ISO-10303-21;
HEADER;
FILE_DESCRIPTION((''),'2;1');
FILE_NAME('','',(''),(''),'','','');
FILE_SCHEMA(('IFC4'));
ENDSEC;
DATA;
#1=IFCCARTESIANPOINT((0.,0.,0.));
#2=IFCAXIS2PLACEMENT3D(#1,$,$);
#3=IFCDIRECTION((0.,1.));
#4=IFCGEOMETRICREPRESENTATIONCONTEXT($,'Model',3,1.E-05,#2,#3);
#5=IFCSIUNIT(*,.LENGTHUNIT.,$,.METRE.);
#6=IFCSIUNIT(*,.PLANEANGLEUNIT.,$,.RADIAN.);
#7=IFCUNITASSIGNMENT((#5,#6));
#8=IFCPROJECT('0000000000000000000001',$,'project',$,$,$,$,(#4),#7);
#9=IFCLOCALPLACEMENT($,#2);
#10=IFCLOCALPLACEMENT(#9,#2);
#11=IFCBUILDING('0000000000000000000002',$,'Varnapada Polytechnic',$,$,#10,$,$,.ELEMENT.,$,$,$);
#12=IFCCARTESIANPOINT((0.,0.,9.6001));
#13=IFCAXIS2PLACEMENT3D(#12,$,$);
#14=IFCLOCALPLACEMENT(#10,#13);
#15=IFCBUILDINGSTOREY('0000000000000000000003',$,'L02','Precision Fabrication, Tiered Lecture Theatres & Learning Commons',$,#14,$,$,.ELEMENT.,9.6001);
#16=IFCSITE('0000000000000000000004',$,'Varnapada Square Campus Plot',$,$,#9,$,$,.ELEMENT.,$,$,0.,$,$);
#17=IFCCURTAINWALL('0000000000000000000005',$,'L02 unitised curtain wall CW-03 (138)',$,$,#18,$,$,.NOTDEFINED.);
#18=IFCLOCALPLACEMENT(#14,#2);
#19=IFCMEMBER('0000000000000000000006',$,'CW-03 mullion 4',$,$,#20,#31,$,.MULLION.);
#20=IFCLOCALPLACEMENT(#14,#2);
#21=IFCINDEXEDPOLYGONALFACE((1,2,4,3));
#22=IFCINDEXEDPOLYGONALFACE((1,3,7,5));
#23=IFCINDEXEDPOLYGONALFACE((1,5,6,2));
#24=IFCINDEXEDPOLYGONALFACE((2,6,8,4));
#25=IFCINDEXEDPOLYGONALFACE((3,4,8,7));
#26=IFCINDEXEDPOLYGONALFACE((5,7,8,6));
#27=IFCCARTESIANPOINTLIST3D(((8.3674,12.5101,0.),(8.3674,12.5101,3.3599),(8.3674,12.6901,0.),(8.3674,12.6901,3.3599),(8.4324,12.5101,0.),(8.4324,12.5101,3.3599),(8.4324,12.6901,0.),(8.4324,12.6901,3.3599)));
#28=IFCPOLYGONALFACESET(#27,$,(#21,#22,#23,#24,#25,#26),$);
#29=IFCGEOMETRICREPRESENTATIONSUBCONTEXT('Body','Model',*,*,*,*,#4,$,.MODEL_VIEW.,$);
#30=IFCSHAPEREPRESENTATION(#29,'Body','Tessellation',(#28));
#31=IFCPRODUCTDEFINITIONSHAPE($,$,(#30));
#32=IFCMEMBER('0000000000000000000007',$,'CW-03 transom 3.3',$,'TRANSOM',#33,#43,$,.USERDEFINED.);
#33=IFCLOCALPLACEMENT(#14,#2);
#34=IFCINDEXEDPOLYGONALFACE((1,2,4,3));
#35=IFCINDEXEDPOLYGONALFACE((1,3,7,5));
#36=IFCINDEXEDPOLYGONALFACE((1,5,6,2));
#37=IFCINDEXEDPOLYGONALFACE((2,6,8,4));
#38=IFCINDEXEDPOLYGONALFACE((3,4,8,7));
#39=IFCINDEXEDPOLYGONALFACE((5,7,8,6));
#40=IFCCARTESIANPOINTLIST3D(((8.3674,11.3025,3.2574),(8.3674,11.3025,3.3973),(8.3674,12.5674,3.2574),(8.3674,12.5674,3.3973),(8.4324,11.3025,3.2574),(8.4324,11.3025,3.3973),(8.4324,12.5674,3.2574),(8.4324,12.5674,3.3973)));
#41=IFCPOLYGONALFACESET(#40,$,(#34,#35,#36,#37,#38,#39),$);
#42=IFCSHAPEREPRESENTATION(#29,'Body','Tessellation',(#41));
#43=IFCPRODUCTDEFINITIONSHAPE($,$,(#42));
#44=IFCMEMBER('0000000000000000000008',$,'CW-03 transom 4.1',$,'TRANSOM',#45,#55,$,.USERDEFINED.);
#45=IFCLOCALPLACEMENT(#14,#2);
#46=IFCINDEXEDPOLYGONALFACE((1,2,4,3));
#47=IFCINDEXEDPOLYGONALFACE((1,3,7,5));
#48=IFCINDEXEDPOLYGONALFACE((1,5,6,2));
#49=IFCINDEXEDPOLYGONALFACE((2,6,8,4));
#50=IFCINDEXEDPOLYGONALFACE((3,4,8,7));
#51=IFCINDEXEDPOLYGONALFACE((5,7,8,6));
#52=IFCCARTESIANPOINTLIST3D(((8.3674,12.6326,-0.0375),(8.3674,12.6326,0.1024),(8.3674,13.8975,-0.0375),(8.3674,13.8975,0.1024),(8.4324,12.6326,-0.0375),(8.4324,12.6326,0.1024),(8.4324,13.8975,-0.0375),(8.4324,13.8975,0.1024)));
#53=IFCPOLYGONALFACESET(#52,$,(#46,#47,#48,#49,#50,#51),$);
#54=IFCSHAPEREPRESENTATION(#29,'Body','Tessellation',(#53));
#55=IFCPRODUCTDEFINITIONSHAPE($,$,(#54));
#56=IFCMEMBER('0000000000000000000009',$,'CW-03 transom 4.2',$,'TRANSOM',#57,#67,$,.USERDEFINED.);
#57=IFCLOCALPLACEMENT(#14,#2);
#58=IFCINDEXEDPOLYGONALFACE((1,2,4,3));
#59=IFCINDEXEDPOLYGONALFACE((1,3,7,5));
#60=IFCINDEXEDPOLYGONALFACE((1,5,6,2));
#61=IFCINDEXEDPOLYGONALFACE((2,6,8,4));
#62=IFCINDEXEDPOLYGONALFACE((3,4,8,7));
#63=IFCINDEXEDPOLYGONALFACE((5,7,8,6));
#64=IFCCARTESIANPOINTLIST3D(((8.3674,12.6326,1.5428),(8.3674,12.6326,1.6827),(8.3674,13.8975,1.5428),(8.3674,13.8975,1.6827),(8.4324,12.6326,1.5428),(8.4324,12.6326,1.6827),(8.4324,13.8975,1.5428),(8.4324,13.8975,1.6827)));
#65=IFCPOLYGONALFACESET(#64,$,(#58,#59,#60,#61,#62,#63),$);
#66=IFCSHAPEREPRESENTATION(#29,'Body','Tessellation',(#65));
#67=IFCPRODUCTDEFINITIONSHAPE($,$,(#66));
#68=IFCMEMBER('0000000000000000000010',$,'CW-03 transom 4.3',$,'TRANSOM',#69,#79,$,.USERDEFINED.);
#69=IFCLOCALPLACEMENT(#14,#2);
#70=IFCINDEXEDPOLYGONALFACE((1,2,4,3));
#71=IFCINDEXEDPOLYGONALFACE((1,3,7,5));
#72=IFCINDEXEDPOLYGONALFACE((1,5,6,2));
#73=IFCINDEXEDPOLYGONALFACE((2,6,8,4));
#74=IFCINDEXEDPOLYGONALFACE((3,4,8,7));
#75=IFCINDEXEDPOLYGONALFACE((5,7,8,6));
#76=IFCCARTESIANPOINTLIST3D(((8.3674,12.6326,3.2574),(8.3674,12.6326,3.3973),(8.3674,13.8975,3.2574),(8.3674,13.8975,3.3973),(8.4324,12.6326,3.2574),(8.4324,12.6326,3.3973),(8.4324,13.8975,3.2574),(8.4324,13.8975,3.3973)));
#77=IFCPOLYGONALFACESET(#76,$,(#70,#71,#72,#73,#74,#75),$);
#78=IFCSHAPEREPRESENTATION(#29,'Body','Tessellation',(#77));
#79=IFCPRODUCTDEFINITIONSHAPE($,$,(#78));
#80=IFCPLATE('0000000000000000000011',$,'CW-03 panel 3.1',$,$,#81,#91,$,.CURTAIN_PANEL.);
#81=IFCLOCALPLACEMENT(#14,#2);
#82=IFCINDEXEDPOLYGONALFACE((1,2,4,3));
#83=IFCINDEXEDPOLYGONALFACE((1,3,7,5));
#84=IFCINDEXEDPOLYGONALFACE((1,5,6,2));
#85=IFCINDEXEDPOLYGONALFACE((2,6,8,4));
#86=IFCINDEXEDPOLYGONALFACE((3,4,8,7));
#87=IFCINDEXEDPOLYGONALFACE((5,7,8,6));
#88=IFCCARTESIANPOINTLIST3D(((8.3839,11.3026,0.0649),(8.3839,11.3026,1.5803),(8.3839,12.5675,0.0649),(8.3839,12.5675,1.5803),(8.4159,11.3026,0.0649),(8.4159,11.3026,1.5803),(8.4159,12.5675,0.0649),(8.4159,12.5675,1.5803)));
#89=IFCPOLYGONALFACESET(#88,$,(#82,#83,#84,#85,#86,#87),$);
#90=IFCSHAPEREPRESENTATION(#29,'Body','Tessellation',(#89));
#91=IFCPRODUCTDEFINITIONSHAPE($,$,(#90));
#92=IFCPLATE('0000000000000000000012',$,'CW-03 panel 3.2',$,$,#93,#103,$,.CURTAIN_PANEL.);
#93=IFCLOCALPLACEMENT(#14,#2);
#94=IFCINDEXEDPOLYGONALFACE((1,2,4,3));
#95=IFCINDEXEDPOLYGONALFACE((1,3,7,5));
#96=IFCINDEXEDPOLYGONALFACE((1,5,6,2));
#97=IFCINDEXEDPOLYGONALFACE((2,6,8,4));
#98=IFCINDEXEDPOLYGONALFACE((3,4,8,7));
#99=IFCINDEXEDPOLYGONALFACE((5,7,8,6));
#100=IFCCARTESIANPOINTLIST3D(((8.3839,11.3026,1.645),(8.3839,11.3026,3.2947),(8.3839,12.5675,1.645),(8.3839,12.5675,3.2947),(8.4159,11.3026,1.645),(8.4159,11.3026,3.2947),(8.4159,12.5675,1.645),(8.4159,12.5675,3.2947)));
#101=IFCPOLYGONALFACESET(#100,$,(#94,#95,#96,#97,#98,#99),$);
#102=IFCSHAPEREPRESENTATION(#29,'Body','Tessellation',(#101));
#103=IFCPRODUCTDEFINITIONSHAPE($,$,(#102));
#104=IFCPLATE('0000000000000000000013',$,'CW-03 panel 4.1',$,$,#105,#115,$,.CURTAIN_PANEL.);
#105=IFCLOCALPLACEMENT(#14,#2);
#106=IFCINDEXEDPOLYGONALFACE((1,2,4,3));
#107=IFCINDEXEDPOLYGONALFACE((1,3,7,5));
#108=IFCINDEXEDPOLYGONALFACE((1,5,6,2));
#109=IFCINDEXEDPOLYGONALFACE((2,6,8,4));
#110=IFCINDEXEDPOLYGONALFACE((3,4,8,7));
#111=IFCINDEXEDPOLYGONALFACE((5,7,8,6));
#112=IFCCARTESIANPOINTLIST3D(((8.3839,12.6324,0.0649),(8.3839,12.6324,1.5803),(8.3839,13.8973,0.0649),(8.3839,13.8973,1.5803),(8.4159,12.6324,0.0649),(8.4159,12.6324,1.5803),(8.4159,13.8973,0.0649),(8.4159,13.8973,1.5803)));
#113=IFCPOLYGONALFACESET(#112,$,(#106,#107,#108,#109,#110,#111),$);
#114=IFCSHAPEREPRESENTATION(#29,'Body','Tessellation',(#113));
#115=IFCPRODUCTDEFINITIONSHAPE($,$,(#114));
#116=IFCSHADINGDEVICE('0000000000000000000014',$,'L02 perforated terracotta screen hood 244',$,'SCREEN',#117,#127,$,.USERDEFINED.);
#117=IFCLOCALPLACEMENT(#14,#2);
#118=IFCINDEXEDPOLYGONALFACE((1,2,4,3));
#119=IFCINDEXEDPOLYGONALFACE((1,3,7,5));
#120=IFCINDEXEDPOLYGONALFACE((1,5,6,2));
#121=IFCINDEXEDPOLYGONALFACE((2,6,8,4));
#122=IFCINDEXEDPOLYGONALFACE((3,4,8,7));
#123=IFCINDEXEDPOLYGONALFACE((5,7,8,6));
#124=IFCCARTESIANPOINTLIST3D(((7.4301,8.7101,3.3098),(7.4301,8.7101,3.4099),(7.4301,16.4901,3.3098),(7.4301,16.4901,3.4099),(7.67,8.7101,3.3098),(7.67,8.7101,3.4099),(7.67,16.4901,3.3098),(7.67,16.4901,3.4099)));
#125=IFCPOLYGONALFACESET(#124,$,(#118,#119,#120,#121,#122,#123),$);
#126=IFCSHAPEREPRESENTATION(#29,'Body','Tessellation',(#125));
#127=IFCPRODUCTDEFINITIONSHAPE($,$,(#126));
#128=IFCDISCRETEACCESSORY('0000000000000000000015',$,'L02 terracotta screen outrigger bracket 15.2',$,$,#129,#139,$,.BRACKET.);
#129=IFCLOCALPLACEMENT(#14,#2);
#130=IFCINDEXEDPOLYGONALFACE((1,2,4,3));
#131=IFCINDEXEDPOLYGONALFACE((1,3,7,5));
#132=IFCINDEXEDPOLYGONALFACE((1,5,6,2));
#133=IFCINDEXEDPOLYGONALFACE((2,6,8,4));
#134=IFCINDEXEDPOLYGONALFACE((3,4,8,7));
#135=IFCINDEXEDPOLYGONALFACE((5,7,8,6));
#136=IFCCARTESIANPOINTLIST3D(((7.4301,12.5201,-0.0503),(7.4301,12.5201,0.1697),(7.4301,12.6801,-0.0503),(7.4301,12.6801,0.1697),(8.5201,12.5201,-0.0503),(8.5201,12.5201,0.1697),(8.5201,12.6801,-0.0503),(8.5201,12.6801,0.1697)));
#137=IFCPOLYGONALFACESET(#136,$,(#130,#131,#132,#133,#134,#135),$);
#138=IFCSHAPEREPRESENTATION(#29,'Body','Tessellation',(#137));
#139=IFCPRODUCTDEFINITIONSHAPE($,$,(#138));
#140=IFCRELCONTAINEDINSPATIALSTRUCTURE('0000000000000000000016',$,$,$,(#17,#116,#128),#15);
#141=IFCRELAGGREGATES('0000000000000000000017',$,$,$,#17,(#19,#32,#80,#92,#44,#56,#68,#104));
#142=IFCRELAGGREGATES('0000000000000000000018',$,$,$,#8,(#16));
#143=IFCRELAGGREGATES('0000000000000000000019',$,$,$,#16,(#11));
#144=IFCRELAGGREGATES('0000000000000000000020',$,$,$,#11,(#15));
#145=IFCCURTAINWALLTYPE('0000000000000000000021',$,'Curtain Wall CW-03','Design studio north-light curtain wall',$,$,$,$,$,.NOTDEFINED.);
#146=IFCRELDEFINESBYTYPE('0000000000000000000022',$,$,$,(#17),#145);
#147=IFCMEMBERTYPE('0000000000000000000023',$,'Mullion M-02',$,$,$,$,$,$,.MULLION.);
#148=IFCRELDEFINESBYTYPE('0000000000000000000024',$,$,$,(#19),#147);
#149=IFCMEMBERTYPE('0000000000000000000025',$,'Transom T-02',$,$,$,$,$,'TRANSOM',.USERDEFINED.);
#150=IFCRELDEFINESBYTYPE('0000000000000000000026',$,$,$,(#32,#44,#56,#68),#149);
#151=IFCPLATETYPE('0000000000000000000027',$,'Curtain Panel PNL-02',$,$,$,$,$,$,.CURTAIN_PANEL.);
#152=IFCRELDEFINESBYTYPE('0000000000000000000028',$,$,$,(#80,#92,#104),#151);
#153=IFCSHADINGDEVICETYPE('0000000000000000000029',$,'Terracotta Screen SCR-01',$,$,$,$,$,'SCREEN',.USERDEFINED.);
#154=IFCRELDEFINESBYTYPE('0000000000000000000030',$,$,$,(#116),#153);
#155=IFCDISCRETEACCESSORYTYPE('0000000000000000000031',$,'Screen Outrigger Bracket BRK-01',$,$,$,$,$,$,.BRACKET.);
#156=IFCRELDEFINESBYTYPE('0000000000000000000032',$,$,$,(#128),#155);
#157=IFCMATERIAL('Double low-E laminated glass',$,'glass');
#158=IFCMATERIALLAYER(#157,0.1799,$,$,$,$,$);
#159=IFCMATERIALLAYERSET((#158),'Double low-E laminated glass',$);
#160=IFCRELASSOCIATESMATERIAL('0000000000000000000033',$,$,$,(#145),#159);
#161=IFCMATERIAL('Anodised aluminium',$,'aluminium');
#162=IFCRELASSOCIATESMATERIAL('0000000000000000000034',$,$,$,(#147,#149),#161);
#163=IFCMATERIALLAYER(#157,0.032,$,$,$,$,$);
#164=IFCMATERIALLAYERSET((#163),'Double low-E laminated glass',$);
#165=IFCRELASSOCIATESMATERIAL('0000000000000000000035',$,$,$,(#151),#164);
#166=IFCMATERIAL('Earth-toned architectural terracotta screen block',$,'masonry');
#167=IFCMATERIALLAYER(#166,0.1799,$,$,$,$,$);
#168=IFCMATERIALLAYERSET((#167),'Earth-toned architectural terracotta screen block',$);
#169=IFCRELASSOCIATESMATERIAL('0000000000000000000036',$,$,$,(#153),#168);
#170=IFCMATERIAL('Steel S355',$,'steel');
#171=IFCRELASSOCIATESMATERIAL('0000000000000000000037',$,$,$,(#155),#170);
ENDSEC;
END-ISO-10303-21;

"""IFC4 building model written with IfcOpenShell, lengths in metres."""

from ifc_helpers import new_model, si_unit, direction, frame, origin, origin_2d, place, context, subcontext, project, spatial, rectangle, extrude, material, layer, layer_set, material_profile, profile_set, type_object, element, aggregate, save


model = new_model("IFC4")

# Units and contexts
model_context = context("Model", 3, precision=1e-05, world=origin(), true_north=direction((0.0, 1.0)))
body_context = subcontext(model_context, "Body", "Model", "MODEL_VIEW")
ifc_project = project(units=[si_unit("LENGTHUNIT", "METRE"), si_unit("PLANEANGLEUNIT", "RADIAN")], contexts=[model_context])

# Site, building, storey
site_placement = place(None, origin())
site = spatial("IfcSite", under=ifc_project, at=site_placement, Name="Varnapada Square Campus Plot", CompositionType="ELEMENT", RefElevation=0.0)
building_placement = place(site_placement, origin())
building = spatial("IfcBuilding", under=site, at=building_placement, Name="Varnapada Polytechnic", CompositionType="ELEMENT")
storey_placement = place(building_placement, frame((0.0, 0.0, 9.6001)))
storey = spatial("IfcBuildingStorey", under=building, at=storey_placement, Name="L02", Description="Precision Fabrication, Tiered Lecture Theatres & Learning Commons", CompositionType="ELEMENT", Elevation=9.6001)

# Curtain wall, members, plates
ifc_material_1 = material(Name="Double low-E laminated glass", Category="glass")
ifc_layer_1 = layer(ifc_material_1, 0.1799)
ifc_layer_set_1 = layer_set([ifc_layer_1], Name="Double low-E laminated glass")
curtain_wall_type = type_object("IfcCurtainWallType", Name="Curtain Wall CW-03", Description="Design studio north-light curtain wall", PredefinedType="NOTDEFINED", material=ifc_layer_set_1)
curtain_wall_placement = place(storey_placement, origin())
curtain_wall = element("IfcCurtainWall", 1, at=curtain_wall_placement, inside=storey, type_object=curtain_wall_type, Name="L02 unitised curtain wall CW-03 (138)", PredefinedType="NOTDEFINED")
ifc_material_2 = material(Name="Anodised aluminium", Category="aluminium")
ifc_material_profile_1 = material_profile(ifc_material_2, rectangle(XDim=0.0649, YDim=0.1799, at=origin_2d()), Name="ALU M65x180")
ifc_profile_set_1 = profile_set([ifc_material_profile_1], Name="Anodised aluminium")
member_type_1 = type_object("IfcMemberType", Name="Mullion M-02", PredefinedType="MULLION", material=ifc_profile_set_1)
member_1_placement = place(storey_placement, frame((8.3999, 12.6001, 0.0), z_axis=(0.0, 0.0, 1.0), x_axis=(-1.0, 0.0, 0.0)))
member_1 = element("IfcMember", 2, at=member_1_placement, type_object=member_type_1, Name="CW-03 mullion 4", PredefinedType="MULLION", context=body_context, shape_type="SweptSolid", body=[
    extrude(rectangle(XDim=0.0649, YDim=0.1799, at=origin_2d()), origin(), (0.0, 0.0, 1.0), 3.3599),
])
ifc_material_profile_2 = material_profile(ifc_material_2, rectangle(XDim=0.0649, YDim=0.1399, at=origin_2d()), Name="ALU T65x140")
ifc_profile_set_2 = profile_set([ifc_material_profile_2], Name="Anodised aluminium")
member_type_2 = type_object("IfcMemberType", Name="Transom T-02", ElementType="TRANSOM", PredefinedType="USERDEFINED", material=ifc_profile_set_2)
member_2_placement = place(storey_placement, frame((8.3999, 11.3025, 3.3274), z_axis=(0.0, 1.0, 0.0), x_axis=(-1.0, 0.0, 0.0)))
member_2 = element("IfcMember", 3, at=member_2_placement, type_object=member_type_2, Name="CW-03 transom 3.3", ObjectType="TRANSOM", PredefinedType="USERDEFINED", context=body_context, shape_type="SweptSolid", body=[
    extrude(rectangle(XDim=0.0649, YDim=0.1399, at=origin_2d()), origin(), (0.0, 0.0, 1.0), 1.2649),
])
member_3_placement = place(storey_placement, frame((8.3999, 12.6326, 0.0325), z_axis=(0.0, 1.0, 0.0), x_axis=(-1.0, 0.0, 0.0)))
member_3 = element("IfcMember", 4, at=member_3_placement, type_object=member_type_2, Name="CW-03 transom 4.1", ObjectType="TRANSOM", PredefinedType="USERDEFINED", context=body_context, shape_type="SweptSolid", body=[
    extrude(rectangle(XDim=0.0649, YDim=0.1399, at=origin_2d()), origin(), (0.0, 0.0, 1.0), 1.2649),
])
member_4_placement = place(storey_placement, frame((8.3999, 12.6326, 1.6128), z_axis=(0.0, 1.0, 0.0), x_axis=(-1.0, 0.0, 0.0)))
member_4 = element("IfcMember", 5, at=member_4_placement, type_object=member_type_2, Name="CW-03 transom 4.2", ObjectType="TRANSOM", PredefinedType="USERDEFINED", context=body_context, shape_type="SweptSolid", body=[
    extrude(rectangle(XDim=0.0649, YDim=0.1399, at=origin_2d()), origin(), (0.0, 0.0, 1.0), 1.2649),
])
member_5_placement = place(storey_placement, frame((8.3999, 12.6326, 3.3274), z_axis=(0.0, 1.0, 0.0), x_axis=(-1.0, 0.0, 0.0)))
member_5 = element("IfcMember", 6, at=member_5_placement, type_object=member_type_2, Name="CW-03 transom 4.3", ObjectType="TRANSOM", PredefinedType="USERDEFINED", context=body_context, shape_type="SweptSolid", body=[
    extrude(rectangle(XDim=0.0649, YDim=0.1399, at=origin_2d()), origin(), (0.0, 0.0, 1.0), 1.2649),
])
ifc_layer_2 = layer(ifc_material_1, 0.032)
ifc_layer_set_2 = layer_set([ifc_layer_2], Name="Double low-E laminated glass")
plate_type = type_object("IfcPlateType", Name="Curtain Panel PNL-02", PredefinedType="CURTAIN_PANEL", material=ifc_layer_set_2)
plate_1_placement = place(storey_placement, frame((8.3999, 11.9351, 0.0649), z_axis=(0.0, 0.0, 1.0), x_axis=(0.0, 1.0, 0.0)))
plate_1 = element("IfcPlate", 7, at=plate_1_placement, type_object=plate_type, Name="CW-03 panel 3.1", PredefinedType="CURTAIN_PANEL", context=body_context, shape_type="SweptSolid", body=[
    extrude(rectangle(XDim=1.2649, YDim=0.032, at=origin_2d()), origin(), (0.0, 0.0, 1.0), 1.5154),
])
plate_2_placement = place(storey_placement, frame((8.3999, 11.9351, 1.645), z_axis=(0.0, 0.0, 1.0), x_axis=(0.0, 1.0, 0.0)))
plate_2 = element("IfcPlate", 8, at=plate_2_placement, type_object=plate_type, Name="CW-03 panel 3.2", PredefinedType="CURTAIN_PANEL", context=body_context, shape_type="SweptSolid", body=[
    extrude(rectangle(XDim=1.2649, YDim=0.032, at=origin_2d()), origin(), (0.0, 0.0, 1.0), 1.6497),
])
plate_3_placement = place(storey_placement, frame((8.3999, 13.2649, 0.0649), z_axis=(0.0, 0.0, 1.0), x_axis=(0.0, 1.0, 0.0)))
plate_3 = element("IfcPlate", 9, at=plate_3_placement, type_object=plate_type, Name="CW-03 panel 4.1", PredefinedType="CURTAIN_PANEL", context=body_context, shape_type="SweptSolid", body=[
    extrude(rectangle(XDim=1.2649, YDim=0.032, at=origin_2d()), origin(), (0.0, 0.0, 1.0), 1.5154),
])
aggregate(curtain_wall, [member_1, member_2, plate_1, plate_2, member_3, member_4, member_5, plate_3])

# Shading device
ifc_material_3 = material(Name="Earth-toned architectural terracotta screen block", Category="masonry")
ifc_layer_3 = layer(ifc_material_3, 0.1799)
ifc_layer_set_3 = layer_set([ifc_layer_3], Name="Earth-toned architectural terracotta screen block")
shading_device_type = type_object("IfcShadingDeviceType", Name="Terracotta Screen SCR-01", ElementType="SCREEN", PredefinedType="USERDEFINED", material=ifc_layer_set_3)
shading_device_placement = place(storey_placement, frame((7.55, 12.6001, 3.3098), z_axis=(0.0, 0.0, 1.0), x_axis=(0.0, 1.0, 0.0)))
element("IfcShadingDevice", 10, at=shading_device_placement, inside=storey, type_object=shading_device_type, Name="L02 perforated terracotta screen hood 244", ObjectType="SCREEN", PredefinedType="USERDEFINED", context=body_context, shape_type="SweptSolid", body=[
    extrude(rectangle(XDim=7.78, YDim=0.24, at=origin_2d()), origin(), (0.0, 0.0, 1.0), 0.1001),
])

# Discrete accessory
ifc_material_4 = material(Name="Steel S355", Category="steel")
discrete_accessory_type = type_object("IfcDiscreteAccessoryType", Name="Screen Outrigger Bracket BRK-01", PredefinedType="BRACKET", material=ifc_material_4)
discrete_accessory_placement = place(storey_placement, frame((7.9751, 12.6001, -0.0503), z_axis=(0.0, 0.0, 1.0), x_axis=(0.0, 1.0, 0.0)))
element("IfcDiscreteAccessory", 11, at=discrete_accessory_placement, inside=storey, type_object=discrete_accessory_type, Name="L02 terracotta screen outrigger bracket 15.2", PredefinedType="BRACKET", context=body_context, shape_type="SweptSolid", body=[
    extrude(rectangle(XDim=0.1599, YDim=1.0901, at=origin_2d()), origin(), (0.0, 0.0, 1.0), 0.22),
])

save(model, "model.ifc")
